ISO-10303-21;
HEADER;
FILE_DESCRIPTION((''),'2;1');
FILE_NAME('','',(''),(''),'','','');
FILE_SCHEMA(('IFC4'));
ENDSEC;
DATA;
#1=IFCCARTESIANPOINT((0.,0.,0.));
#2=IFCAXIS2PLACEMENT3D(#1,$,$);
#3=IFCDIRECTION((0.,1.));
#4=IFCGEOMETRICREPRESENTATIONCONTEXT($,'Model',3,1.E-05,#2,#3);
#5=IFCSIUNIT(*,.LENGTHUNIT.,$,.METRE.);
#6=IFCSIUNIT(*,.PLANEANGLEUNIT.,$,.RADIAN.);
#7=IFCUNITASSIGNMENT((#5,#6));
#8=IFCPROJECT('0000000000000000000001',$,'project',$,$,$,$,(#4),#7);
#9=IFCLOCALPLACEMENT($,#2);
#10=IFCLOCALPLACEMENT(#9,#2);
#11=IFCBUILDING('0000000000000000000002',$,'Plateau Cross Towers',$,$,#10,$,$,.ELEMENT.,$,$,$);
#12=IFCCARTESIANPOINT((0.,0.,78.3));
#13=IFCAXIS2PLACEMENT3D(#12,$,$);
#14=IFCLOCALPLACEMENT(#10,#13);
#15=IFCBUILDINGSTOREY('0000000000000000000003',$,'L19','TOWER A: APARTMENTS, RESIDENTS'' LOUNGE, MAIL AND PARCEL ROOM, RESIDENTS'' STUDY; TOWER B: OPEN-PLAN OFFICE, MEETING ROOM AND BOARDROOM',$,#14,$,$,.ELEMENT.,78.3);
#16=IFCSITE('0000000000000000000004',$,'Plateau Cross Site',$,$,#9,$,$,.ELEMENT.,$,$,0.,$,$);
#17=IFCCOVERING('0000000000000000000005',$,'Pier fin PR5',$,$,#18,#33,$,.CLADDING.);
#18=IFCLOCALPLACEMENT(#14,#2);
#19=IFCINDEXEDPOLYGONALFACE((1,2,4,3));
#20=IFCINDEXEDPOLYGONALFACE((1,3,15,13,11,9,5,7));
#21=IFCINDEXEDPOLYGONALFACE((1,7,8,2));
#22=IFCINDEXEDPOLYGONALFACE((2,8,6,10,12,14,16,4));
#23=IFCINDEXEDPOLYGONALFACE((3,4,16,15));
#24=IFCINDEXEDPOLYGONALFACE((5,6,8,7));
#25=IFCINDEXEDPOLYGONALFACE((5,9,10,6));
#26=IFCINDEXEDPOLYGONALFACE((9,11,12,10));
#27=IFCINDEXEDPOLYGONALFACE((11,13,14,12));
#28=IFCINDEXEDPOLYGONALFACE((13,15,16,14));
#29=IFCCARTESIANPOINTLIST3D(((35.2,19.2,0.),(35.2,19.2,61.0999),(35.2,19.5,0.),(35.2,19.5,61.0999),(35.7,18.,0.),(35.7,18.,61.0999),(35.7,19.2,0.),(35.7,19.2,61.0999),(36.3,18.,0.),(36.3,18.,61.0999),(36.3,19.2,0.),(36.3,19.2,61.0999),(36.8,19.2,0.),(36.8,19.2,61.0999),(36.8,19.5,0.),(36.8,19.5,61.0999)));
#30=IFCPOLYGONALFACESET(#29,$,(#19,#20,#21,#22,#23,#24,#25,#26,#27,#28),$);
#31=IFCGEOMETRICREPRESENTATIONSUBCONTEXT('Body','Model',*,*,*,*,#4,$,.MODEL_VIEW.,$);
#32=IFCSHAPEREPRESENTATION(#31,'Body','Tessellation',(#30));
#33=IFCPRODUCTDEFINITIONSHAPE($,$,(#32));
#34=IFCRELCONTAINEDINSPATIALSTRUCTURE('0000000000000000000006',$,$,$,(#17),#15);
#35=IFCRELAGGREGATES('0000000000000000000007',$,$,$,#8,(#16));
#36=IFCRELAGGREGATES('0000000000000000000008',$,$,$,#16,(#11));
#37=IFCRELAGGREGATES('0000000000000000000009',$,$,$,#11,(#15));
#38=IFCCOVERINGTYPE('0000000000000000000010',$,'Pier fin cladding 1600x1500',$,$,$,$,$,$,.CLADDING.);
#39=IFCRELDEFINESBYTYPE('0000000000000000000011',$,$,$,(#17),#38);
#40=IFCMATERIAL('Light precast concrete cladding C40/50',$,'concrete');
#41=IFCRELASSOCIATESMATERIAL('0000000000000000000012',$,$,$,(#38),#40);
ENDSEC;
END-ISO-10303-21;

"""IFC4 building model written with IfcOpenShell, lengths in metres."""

from ifc_helpers import new_model, si_unit, direction, frame, origin, place, context, subcontext, project, spatial, polyline, outline, extrude, material, type_object, element, save


model = new_model("IFC4")

# Units and contexts
model_context = context("Model", 3, precision=1e-05, world=origin(), true_north=direction((0.0, 1.0)))
body_context = subcontext(model_context, "Body", "Model", "MODEL_VIEW")
ifc_project = project(units=[si_unit("LENGTHUNIT", "METRE"), si_unit("PLANEANGLEUNIT", "RADIAN")], contexts=[model_context])

# Site, building, storey
site_placement = place(None, origin())
site = spatial("IfcSite", under=ifc_project, at=site_placement, Name="Plateau Cross Site", CompositionType="ELEMENT", RefElevation=0.0)
building_placement = place(site_placement, origin())
building = spatial("IfcBuilding", under=site, at=building_placement, Name="Plateau Cross Towers", CompositionType="ELEMENT")
storey_placement = place(building_placement, frame((0.0, 0.0, 78.3)))
storey = spatial("IfcBuildingStorey", under=building, at=storey_placement, Name="L19", Description="TOWER A: APARTMENTS, RESIDENTS' LOUNGE, MAIL AND PARCEL ROOM, RESIDENTS' STUDY; TOWER B: OPEN-PLAN OFFICE, MEETING ROOM AND BOARDROOM", CompositionType="ELEMENT", Elevation=78.3)

# Covering
ifc_material_1 = material(Name="Light precast concrete cladding C40/50", Category="concrete")
covering_type_1 = type_object("IfcCoveringType", Name="Pier fin cladding 1600x1500", PredefinedType="CLADDING", material=ifc_material_1)
covering_1_placement = place(storey_placement, origin())
element("IfcCovering", 1, at=covering_1_placement, inside=storey, type_object=covering_type_1, Name="Pier fin PR5", PredefinedType="CLADDING", context=body_context, shape_type="SweptSolid", body=[
    extrude(outline(polyline([(35.7, 18.0), (36.3, 18.0), (36.3, 19.2), (36.8, 19.2), (36.8, 19.5), (35.2, 19.5), (35.2, 19.2), (35.7, 19.2), (35.7, 18.0)])), origin(), (0.0, 0.0, 1.0), 61.0999),
])

save(model, "model.ifc")
